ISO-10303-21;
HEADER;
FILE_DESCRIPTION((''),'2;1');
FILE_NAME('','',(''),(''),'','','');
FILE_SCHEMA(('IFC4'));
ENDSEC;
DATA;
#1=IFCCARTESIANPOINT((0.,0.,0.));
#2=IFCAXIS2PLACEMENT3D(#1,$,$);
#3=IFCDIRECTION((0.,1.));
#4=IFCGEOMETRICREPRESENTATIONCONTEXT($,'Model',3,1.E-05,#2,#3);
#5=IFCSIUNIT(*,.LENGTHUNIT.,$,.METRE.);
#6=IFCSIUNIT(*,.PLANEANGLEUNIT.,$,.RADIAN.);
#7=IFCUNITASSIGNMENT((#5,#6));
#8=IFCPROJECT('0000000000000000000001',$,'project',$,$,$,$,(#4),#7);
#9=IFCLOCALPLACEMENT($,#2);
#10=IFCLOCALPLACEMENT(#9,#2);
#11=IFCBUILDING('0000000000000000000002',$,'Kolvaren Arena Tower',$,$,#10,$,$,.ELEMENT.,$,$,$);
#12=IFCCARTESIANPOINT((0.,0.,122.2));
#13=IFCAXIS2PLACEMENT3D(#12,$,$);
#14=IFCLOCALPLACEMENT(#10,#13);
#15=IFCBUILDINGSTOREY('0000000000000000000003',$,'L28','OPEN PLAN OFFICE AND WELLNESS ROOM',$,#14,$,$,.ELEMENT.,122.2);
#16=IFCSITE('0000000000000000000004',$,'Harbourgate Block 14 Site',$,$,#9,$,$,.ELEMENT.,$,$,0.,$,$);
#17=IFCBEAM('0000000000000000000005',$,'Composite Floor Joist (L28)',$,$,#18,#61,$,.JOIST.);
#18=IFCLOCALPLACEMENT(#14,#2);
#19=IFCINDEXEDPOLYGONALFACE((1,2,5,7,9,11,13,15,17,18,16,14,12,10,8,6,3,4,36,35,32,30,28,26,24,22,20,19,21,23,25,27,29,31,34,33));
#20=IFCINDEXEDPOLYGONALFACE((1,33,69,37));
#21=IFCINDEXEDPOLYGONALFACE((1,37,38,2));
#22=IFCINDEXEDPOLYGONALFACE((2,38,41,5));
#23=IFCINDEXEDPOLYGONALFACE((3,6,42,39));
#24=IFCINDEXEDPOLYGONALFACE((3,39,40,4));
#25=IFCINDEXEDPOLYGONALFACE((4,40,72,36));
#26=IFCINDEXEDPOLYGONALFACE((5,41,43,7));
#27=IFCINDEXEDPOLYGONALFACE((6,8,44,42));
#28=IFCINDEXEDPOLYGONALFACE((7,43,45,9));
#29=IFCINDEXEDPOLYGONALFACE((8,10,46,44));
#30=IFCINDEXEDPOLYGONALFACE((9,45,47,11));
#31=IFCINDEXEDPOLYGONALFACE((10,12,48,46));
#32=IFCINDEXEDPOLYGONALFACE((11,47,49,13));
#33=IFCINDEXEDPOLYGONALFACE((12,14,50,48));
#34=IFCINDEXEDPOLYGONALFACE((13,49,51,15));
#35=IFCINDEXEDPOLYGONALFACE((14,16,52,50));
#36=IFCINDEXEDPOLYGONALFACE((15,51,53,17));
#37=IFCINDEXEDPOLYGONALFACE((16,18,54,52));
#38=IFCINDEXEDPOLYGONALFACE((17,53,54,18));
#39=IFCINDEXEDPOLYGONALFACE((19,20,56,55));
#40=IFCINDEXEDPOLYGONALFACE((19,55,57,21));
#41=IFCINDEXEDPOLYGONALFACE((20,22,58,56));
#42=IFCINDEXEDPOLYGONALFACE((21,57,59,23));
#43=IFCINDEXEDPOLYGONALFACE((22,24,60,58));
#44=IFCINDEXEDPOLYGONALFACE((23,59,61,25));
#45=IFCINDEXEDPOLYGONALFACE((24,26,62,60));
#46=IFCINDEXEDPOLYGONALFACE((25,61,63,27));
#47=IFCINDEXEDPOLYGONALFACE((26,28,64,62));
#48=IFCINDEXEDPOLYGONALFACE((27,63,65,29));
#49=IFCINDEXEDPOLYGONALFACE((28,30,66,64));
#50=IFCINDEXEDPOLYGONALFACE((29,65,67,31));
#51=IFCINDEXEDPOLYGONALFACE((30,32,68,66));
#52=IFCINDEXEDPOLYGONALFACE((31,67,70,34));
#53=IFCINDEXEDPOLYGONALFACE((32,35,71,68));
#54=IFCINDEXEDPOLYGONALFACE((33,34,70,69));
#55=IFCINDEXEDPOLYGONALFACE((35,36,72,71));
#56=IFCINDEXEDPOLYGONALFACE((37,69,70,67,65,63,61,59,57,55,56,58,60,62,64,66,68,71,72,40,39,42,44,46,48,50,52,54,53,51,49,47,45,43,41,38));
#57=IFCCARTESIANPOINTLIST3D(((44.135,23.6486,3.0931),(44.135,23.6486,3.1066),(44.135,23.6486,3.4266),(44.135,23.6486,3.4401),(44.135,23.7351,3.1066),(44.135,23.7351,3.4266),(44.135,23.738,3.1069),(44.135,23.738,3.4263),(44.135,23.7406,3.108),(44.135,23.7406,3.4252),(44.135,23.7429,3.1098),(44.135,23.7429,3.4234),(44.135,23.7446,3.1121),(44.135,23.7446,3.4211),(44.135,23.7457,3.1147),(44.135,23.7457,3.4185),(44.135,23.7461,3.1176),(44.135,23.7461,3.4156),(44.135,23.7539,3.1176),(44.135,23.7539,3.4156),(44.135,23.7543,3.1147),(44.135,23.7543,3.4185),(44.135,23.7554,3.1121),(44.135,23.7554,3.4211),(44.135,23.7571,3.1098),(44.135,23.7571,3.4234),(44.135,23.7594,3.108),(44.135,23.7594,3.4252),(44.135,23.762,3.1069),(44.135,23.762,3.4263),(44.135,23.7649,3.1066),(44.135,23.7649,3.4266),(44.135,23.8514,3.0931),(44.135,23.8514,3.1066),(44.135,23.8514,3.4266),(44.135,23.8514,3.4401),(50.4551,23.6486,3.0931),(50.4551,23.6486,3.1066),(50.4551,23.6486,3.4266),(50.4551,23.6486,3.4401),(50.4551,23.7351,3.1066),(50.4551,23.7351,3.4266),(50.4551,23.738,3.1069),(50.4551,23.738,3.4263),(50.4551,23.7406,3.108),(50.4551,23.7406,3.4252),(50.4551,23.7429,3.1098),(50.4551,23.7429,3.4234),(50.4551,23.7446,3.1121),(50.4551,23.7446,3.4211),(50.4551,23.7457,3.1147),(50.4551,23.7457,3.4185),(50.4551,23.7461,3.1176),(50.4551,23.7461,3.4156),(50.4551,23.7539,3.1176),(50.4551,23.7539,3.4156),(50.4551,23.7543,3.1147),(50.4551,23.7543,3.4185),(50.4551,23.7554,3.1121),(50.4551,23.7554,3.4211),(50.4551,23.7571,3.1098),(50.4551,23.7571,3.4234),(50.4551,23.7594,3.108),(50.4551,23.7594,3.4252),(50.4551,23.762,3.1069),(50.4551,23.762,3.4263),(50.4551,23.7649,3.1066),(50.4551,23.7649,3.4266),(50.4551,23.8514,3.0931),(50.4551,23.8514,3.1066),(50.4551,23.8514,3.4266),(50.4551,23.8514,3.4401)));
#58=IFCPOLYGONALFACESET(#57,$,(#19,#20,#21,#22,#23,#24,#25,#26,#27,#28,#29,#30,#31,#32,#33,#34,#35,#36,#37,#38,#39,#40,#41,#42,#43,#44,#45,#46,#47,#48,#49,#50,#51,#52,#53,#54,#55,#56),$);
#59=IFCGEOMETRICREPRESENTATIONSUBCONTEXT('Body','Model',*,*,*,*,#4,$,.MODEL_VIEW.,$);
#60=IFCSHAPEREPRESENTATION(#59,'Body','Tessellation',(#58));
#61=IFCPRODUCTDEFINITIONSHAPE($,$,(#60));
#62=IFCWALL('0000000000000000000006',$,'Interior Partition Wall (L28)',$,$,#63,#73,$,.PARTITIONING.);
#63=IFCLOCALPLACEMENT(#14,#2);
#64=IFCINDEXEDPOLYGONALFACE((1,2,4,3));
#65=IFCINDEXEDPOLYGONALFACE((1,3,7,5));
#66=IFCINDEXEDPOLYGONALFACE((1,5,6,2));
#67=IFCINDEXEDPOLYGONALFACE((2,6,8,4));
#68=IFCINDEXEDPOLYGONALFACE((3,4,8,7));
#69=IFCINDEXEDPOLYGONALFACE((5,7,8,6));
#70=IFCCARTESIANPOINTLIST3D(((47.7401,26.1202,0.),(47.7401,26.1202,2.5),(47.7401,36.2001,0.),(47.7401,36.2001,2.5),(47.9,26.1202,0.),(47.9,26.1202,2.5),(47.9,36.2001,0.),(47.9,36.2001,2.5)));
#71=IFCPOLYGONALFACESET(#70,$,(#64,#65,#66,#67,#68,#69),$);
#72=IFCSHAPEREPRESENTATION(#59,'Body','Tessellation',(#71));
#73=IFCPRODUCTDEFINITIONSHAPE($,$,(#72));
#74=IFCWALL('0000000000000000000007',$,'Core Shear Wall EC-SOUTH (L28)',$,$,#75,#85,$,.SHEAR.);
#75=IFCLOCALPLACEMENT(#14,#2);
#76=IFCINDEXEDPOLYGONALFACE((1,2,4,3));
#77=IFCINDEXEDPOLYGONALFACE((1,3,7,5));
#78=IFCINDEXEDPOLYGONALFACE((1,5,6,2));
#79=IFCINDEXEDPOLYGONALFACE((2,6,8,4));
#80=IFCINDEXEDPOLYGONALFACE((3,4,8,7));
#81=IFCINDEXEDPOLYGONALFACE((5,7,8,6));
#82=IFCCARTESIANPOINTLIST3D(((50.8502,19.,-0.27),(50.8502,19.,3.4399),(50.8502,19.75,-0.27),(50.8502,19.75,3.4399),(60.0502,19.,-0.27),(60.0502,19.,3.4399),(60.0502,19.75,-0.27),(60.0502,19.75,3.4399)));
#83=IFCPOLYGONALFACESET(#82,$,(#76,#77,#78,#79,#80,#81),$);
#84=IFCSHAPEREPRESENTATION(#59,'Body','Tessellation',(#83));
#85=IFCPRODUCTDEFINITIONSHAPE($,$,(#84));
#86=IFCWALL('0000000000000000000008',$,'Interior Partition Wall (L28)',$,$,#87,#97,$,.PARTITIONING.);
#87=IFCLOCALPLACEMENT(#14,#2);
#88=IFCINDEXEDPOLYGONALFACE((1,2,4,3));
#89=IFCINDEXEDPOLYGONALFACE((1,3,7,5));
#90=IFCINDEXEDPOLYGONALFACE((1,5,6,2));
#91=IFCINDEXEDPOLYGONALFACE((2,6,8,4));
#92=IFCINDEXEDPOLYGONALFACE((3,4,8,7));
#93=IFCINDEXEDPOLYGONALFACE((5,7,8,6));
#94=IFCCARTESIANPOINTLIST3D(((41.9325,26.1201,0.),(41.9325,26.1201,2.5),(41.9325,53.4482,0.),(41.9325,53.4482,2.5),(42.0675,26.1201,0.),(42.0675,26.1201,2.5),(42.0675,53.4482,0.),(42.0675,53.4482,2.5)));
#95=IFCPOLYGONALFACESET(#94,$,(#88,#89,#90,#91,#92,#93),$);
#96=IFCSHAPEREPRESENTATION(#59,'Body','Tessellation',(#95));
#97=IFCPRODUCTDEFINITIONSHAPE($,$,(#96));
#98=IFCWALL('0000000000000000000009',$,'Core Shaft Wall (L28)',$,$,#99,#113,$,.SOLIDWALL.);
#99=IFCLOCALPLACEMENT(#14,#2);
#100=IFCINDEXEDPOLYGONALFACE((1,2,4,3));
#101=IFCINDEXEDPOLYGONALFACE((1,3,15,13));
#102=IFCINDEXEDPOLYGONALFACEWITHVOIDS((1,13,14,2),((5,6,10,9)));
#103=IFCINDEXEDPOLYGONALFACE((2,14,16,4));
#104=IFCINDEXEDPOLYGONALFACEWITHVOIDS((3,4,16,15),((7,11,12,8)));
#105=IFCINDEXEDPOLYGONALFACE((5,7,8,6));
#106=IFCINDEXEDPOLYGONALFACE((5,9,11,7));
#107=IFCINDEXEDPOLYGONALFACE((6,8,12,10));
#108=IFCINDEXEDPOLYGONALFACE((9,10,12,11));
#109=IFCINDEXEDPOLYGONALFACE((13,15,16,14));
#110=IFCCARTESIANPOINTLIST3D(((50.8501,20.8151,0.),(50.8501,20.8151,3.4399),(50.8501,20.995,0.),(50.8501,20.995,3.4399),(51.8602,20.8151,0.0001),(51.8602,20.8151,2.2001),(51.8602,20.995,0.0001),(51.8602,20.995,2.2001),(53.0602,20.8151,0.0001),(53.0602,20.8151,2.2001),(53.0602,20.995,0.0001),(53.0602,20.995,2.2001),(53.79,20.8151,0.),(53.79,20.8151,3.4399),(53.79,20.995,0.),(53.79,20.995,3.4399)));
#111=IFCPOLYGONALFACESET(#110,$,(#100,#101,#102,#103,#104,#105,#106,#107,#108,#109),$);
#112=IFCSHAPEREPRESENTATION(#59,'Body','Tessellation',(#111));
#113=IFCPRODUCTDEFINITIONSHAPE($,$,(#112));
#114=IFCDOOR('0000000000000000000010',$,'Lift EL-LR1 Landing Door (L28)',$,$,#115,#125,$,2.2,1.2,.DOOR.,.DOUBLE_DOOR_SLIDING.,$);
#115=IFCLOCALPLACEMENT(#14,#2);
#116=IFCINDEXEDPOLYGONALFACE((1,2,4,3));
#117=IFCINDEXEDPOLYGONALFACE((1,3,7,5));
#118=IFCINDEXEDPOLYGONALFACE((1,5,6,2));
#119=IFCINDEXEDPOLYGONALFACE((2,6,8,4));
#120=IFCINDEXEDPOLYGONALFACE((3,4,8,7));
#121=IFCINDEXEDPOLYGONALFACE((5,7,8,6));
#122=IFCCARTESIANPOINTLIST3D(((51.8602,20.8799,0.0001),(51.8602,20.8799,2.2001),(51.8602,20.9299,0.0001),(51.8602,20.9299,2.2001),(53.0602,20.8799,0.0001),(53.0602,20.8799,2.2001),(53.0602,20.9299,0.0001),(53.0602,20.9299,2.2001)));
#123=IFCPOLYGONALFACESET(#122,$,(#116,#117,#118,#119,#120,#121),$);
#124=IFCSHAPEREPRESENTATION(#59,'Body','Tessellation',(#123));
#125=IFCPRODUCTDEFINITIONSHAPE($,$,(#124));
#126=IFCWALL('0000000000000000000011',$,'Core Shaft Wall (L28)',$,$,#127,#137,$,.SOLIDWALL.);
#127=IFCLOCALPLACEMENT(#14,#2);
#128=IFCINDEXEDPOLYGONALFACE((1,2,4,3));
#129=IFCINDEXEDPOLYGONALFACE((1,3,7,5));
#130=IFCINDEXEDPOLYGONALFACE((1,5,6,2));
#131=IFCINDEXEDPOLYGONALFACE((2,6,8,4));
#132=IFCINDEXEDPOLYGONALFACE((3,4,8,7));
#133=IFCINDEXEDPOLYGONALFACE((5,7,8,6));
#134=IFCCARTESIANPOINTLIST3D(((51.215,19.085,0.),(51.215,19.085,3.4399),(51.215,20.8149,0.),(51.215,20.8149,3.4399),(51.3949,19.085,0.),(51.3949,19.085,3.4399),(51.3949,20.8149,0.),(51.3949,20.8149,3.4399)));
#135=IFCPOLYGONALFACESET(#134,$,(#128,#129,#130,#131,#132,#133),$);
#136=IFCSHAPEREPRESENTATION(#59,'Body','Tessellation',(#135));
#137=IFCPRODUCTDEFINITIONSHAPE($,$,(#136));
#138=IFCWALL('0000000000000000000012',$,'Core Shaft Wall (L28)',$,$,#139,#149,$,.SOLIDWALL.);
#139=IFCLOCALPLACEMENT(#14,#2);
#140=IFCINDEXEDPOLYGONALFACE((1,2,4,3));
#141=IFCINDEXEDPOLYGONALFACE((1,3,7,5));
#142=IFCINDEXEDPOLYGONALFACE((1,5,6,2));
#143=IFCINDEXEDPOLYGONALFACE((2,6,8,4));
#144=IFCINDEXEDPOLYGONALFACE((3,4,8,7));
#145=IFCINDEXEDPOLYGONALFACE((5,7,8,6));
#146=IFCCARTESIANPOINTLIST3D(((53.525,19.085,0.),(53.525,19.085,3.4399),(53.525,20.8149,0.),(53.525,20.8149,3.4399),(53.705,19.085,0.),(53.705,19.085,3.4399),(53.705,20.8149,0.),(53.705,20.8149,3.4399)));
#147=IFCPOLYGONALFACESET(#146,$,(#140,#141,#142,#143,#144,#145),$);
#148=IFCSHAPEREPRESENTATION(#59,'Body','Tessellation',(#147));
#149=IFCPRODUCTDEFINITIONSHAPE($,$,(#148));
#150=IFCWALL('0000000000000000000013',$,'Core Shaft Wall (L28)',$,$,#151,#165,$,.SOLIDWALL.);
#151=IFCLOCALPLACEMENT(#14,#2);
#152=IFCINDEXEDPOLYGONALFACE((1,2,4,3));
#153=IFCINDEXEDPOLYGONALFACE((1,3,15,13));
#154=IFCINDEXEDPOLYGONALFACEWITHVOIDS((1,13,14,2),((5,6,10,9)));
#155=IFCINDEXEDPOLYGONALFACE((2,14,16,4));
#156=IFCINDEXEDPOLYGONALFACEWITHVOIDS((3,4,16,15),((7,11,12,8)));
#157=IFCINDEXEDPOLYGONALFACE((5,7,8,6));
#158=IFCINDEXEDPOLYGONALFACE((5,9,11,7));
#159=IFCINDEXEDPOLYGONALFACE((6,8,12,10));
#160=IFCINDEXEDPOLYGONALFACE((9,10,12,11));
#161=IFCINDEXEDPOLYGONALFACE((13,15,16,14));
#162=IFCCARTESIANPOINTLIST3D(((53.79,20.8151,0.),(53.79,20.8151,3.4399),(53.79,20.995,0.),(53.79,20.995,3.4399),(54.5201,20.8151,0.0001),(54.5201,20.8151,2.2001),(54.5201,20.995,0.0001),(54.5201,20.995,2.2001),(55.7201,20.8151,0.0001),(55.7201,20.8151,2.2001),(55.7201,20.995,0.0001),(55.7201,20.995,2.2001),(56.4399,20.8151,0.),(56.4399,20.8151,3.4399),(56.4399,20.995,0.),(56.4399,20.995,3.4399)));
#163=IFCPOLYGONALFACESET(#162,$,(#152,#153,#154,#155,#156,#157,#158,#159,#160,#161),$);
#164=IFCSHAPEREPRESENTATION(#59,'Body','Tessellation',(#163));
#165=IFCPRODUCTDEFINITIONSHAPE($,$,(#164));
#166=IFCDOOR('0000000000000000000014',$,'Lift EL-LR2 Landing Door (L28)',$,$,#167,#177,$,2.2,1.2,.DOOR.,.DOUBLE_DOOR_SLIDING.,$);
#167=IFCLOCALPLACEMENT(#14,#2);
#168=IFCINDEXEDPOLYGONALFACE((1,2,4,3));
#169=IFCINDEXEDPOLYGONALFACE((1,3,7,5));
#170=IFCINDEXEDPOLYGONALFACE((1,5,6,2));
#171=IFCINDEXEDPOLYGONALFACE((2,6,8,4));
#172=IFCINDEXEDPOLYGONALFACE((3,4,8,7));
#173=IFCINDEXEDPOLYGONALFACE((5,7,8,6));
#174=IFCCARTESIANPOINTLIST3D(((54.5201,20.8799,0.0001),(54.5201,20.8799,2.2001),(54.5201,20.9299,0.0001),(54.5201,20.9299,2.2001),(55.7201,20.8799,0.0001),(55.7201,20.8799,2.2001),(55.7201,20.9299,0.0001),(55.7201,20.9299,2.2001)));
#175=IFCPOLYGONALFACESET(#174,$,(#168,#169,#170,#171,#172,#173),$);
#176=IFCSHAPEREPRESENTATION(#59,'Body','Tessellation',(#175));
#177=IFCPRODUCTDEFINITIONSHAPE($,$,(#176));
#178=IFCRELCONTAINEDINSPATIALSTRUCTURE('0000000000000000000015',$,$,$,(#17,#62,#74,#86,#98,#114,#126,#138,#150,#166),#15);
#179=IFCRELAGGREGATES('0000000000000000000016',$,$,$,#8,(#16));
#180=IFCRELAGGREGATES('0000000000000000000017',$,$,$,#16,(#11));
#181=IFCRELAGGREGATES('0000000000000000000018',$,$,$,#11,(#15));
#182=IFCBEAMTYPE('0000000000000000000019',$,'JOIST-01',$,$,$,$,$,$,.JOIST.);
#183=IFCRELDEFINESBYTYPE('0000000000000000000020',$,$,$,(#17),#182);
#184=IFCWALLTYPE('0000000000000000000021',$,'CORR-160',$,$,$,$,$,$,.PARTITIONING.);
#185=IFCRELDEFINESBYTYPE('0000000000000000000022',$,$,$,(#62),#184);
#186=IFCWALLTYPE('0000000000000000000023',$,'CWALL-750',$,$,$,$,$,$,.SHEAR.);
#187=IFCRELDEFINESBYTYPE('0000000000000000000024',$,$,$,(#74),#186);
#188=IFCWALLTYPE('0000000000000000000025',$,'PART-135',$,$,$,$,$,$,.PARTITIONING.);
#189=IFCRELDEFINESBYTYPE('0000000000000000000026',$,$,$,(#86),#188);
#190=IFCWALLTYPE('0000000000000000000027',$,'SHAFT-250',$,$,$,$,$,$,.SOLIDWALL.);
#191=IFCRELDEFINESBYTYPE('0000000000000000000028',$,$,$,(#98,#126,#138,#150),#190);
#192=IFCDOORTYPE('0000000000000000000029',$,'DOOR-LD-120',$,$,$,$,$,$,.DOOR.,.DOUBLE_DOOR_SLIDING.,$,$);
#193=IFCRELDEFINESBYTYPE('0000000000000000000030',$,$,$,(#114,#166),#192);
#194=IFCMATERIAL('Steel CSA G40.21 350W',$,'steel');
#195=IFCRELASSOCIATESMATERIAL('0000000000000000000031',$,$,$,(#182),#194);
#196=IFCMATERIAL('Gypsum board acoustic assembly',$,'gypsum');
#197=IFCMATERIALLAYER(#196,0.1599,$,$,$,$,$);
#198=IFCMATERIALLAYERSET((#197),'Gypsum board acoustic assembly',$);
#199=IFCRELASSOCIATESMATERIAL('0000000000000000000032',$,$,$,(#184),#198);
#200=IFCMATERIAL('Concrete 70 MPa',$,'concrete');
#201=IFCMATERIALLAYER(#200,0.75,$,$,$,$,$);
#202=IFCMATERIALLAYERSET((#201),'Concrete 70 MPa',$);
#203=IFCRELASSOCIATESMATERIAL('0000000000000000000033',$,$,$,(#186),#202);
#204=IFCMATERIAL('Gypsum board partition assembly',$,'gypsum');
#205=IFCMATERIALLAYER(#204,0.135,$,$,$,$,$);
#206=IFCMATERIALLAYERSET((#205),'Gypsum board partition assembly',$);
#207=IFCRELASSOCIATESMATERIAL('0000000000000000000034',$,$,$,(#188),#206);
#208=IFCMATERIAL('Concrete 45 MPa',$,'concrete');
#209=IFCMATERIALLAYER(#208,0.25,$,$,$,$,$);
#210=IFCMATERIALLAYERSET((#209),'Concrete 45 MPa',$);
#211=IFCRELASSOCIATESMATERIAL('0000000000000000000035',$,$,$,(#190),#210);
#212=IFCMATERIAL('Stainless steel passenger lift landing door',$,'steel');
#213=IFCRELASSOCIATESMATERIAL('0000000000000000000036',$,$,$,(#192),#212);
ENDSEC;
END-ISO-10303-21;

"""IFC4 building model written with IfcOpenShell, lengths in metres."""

from ifc_helpers import new_model, si_unit, direction, frame, frame_2d, origin, origin_2d, place, context, subcontext, project, spatial, rectangle, i_section, extrude, material, layer, layer_set, material_profile, profile_set, type_object, element, fill, save


model = new_model("IFC4")

# Units and contexts
model_context = context("Model", 3, precision=1e-05, world=origin(), true_north=direction((0.0, 1.0)))
body_context = subcontext(model_context, "Body", "Model", "MODEL_VIEW")
ifc_project = project(units=[si_unit("LENGTHUNIT", "METRE"), si_unit("PLANEANGLEUNIT", "RADIAN")], contexts=[model_context])

# Site, building, storey
site_placement = place(None, origin())
site = spatial("IfcSite", under=ifc_project, at=site_placement, Name="Harbourgate Block 14 Site", CompositionType="ELEMENT", RefElevation=0.0)
building_placement = place(site_placement, origin())
building = spatial("IfcBuilding", under=site, at=building_placement, Name="Kolvaren Arena Tower", CompositionType="ELEMENT")
storey_placement = place(building_placement, frame((0.0, 0.0, 122.2)))
storey = spatial("IfcBuildingStorey", under=building, at=storey_placement, Name="L28", Description="OPEN PLAN OFFICE AND WELLNESS ROOM", CompositionType="ELEMENT", Elevation=122.2)

# Beam
ifc_material_1 = material(Name="Steel CSA G40.21 350W", Category="steel")
ifc_material_profile_1 = material_profile(ifc_material_1, i_section(OverallWidth=0.2029, OverallDepth=0.3469, WebThickness=0.0078, FlangeThickness=0.0134, FilletRadius=0.011, at=origin_2d()), Name="W360x64")
ifc_profile_set_1 = profile_set([ifc_material_profile_1], Name="Steel CSA G40.21 350W")
beam_type_1 = type_object("IfcBeamType", Name="JOIST-01", PredefinedType="JOIST", material=ifc_profile_set_1)
beam_1_placement = place(storey_placement, frame((44.135, 23.75, 3.2666), z_axis=(1.0, 0.0, 0.0), x_axis=(0.0, 1.0, 0.0)))
element("IfcBeam", 1, at=beam_1_placement, inside=storey, type_object=beam_type_1, Name="Composite Floor Joist (L28)", PredefinedType="JOIST", context=body_context, shape_type="SweptSolid", body=[
    extrude(i_section(OverallWidth=0.2029, OverallDepth=0.3469, WebThickness=0.0078, FlangeThickness=0.0134, FilletRadius=0.011, at=origin_2d()), origin(), (0.0, 0.0, 1.0), 6.3201),
])

# Shared definitions
ifc_material_2 = material(Name="Gypsum board acoustic assembly", Category="gypsum")
ifc_layer_1 = layer(ifc_material_2, 0.1599)
ifc_layer_set_1 = layer_set([ifc_layer_1], Name="Gypsum board acoustic assembly")
wall_type_1 = type_object("IfcWallType", Name="CORR-160", PredefinedType="PARTITIONING", material=ifc_layer_set_1)

# Walls
wall_1_placement = place(storey_placement, frame((47.8201, 26.1201, 0.0), z_axis=(0.0, 0.0, 1.0), x_axis=(0.0, 1.0, 0.0)))
element("IfcWall", 2, at=wall_1_placement, inside=storey, type_object=wall_type_1, Name="Interior Partition Wall (L28)", PredefinedType="PARTITIONING", context=body_context, shape_type="SweptSolid", body=[
    extrude(rectangle(XDim=10.0798, YDim=0.1599, at=frame_2d((5.04, 0.0))), origin(), (0.0, 0.0, 1.0), 2.5),
])
ifc_material_3 = material(Name="Concrete 70 MPa", Category="concrete")
ifc_layer_2 = layer(ifc_material_3, 0.75)
ifc_layer_set_2 = layer_set([ifc_layer_2], Name="Concrete 70 MPa")
wall_type_2 = type_object("IfcWallType", Name="CWALL-750", PredefinedType="SHEAR", material=ifc_layer_set_2)
wall_2_placement = place(storey_placement, frame((50.8501, 19.375, -0.27), z_axis=(0.0, 0.0, 1.0), x_axis=(1.0, 0.0, 0.0)))
element("IfcWall", 3, at=wall_2_placement, inside=storey, type_object=wall_type_2, Name="Core Shear Wall EC-SOUTH (L28)", PredefinedType="SHEAR", context=body_context, shape_type="SweptSolid", body=[
    extrude(rectangle(XDim=9.2, YDim=0.75, at=frame_2d((4.6001, 0.0))), origin(), (0.0, 0.0, 1.0), 3.71),
])
ifc_material_4 = material(Name="Gypsum board partition assembly", Category="gypsum")
ifc_layer_3 = layer(ifc_material_4, 0.135)
ifc_layer_set_3 = layer_set([ifc_layer_3], Name="Gypsum board partition assembly")
wall_type_3 = type_object("IfcWallType", Name="PART-135", PredefinedType="PARTITIONING", material=ifc_layer_set_3)
wall_3_placement = place(storey_placement, frame((42.0, 26.1201, 0.0), z_axis=(0.0, 0.0, 1.0), x_axis=(0.0, 1.0, 0.0)))
element("IfcWall", 4, at=wall_3_placement, inside=storey, type_object=wall_type_3, Name="Interior Partition Wall (L28)", PredefinedType="PARTITIONING", context=body_context, shape_type="SweptSolid", body=[
    extrude(rectangle(XDim=27.3281, YDim=0.135, at=frame_2d((13.6641, 0.0))), origin(), (0.0, 0.0, 1.0), 2.5),
])

# Wall, opening, door
ifc_material_5 = material(Name="Concrete 45 MPa", Category="concrete")
ifc_layer_4 = layer(ifc_material_5, 0.25)
ifc_layer_set_4 = layer_set([ifc_layer_4], Name="Concrete 45 MPa")
wall_type_4 = type_object("IfcWallType", Name="SHAFT-250", PredefinedType="SOLIDWALL", material=ifc_layer_set_4)
wall_4_placement = place(storey_placement, frame((50.8501, 20.905, 0.0), z_axis=(0.0, 0.0, 1.0), x_axis=(1.0, 0.0, 0.0)))
wall_4 = element("IfcWall", 5, at=wall_4_placement, inside=storey, type_object=wall_type_4, Name="Core Shaft Wall (L28)", PredefinedType="SOLIDWALL", context=body_context, shape_type="SweptSolid", body=[
    extrude(rectangle(XDim=2.9399, YDim=0.1799, at=frame_2d((1.47, 0.0))), origin(), (0.0, 0.0, 1.0), 3.4399),
])
opening_1_placement = place(wall_4_placement, frame((1.01, 0.0, 0.0)))
opening_1 = element("IfcOpeningElement", 6, at=opening_1_placement, cuts=wall_4, PredefinedType="OPENING", context=body_context, shape_type="SweptSolid", body=[
    extrude(rectangle(XDim=1.2, YDim=2.2, at=frame_2d((0.6001, 1.1001))), frame((0.0, 0.0999, 0.0), z_axis=(0.0, -1.0, 0.0), x_axis=(1.0, 0.0, 0.0)), (0.0, 0.0, 1.0), 0.2),
])
ifc_material_6 = material(Name="Stainless steel passenger lift landing door", Category="steel")
door_type_1 = type_object("IfcDoorType", Name="DOOR-LD-120", OperationType="DOUBLE_DOOR_SLIDING", PredefinedType="DOOR", material=ifc_material_6)
door_1_placement = place(opening_1_placement, origin())
door_1 = element("IfcDoor", 7, at=door_1_placement, inside=storey, type_object=door_type_1, Name="Lift EL-LR1 Landing Door (L28)", OperationType="DOUBLE_DOOR_SLIDING", OverallHeight=2.2, OverallWidth=1.2, PredefinedType="DOOR", context=body_context, shape_type="SweptSolid", body=[
    extrude(rectangle(XDim=1.2, YDim=2.2, at=frame_2d((0.6001, 1.1001))), frame((0.0, 0.0249, 0.0), z_axis=(0.0, -1.0, 0.0), x_axis=(1.0, 0.0, 0.0)), (0.0, 0.0, 1.0), 0.05),
])
fill(opening_1, door_1)

# Walls
for number, where, z_axis, x_axis, name in (
    (8, (51.3049, 19.085, 0.0), (0.0, 0.0, 1.0), (0.0, 1.0, 0.0), "Core Shaft Wall (L28)"),
    (9, (53.615, 19.085, 0.0), (0.0, 0.0, 1.0), (0.0, 1.0, 0.0), "Core Shaft Wall (L28)"),
):
    element("IfcWall", number, at=place(storey_placement, frame(where, z_axis=z_axis, x_axis=x_axis)), inside=storey, type_object=wall_type_4, Name=name, PredefinedType="SOLIDWALL", context=body_context, shape_type="SweptSolid", body=[
        extrude(rectangle(XDim=1.73, YDim=0.1799, at=frame_2d((0.865, 0.0))), origin(), (0.0, 0.0, 1.0), 3.4399),
    ])

# Wall, opening, door
wall_5_placement = place(storey_placement, frame((53.79, 20.905, 0.0), z_axis=(0.0, 0.0, 1.0), x_axis=(1.0, 0.0, 0.0)))
wall_5 = element("IfcWall", 10, at=wall_5_placement, inside=storey, type_object=wall_type_4, Name="Core Shaft Wall (L28)", PredefinedType="SOLIDWALL", context=body_context, shape_type="SweptSolid", body=[
    extrude(rectangle(XDim=2.6499, YDim=0.1799, at=frame_2d((1.325, 0.0))), origin(), (0.0, 0.0, 1.0), 3.4399),
])
opening_2_placement = place(wall_5_placement, frame((0.73, 0.0, 0.0)))
opening_2 = element("IfcOpeningElement", 11, at=opening_2_placement, cuts=wall_5, PredefinedType="OPENING", context=body_context, shape_type="SweptSolid", body=[
    extrude(rectangle(XDim=1.2, YDim=2.2, at=frame_2d((0.6001, 1.1001))), frame((0.0, 0.0999, 0.0), z_axis=(0.0, -1.0, 0.0), x_axis=(1.0, 0.0, 0.0)), (0.0, 0.0, 1.0), 0.2),
])
door_2_placement = place(opening_2_placement, origin())
door_2 = element("IfcDoor", 12, at=door_2_placement, inside=storey, type_object=door_type_1, Name="Lift EL-LR2 Landing Door (L28)", OperationType="DOUBLE_DOOR_SLIDING", OverallHeight=2.2, OverallWidth=1.2, PredefinedType="DOOR", context=body_context, shape_type="SweptSolid", body=[
    extrude(rectangle(XDim=1.2, YDim=2.2, at=frame_2d((0.6001, 1.1001))), frame((0.0, 0.0249, 0.0), z_axis=(0.0, -1.0, 0.0), x_axis=(1.0, 0.0, 0.0)), (0.0, 0.0, 1.0), 0.05),
])
fill(opening_2, door_2)

save(model, "model.ifc")
